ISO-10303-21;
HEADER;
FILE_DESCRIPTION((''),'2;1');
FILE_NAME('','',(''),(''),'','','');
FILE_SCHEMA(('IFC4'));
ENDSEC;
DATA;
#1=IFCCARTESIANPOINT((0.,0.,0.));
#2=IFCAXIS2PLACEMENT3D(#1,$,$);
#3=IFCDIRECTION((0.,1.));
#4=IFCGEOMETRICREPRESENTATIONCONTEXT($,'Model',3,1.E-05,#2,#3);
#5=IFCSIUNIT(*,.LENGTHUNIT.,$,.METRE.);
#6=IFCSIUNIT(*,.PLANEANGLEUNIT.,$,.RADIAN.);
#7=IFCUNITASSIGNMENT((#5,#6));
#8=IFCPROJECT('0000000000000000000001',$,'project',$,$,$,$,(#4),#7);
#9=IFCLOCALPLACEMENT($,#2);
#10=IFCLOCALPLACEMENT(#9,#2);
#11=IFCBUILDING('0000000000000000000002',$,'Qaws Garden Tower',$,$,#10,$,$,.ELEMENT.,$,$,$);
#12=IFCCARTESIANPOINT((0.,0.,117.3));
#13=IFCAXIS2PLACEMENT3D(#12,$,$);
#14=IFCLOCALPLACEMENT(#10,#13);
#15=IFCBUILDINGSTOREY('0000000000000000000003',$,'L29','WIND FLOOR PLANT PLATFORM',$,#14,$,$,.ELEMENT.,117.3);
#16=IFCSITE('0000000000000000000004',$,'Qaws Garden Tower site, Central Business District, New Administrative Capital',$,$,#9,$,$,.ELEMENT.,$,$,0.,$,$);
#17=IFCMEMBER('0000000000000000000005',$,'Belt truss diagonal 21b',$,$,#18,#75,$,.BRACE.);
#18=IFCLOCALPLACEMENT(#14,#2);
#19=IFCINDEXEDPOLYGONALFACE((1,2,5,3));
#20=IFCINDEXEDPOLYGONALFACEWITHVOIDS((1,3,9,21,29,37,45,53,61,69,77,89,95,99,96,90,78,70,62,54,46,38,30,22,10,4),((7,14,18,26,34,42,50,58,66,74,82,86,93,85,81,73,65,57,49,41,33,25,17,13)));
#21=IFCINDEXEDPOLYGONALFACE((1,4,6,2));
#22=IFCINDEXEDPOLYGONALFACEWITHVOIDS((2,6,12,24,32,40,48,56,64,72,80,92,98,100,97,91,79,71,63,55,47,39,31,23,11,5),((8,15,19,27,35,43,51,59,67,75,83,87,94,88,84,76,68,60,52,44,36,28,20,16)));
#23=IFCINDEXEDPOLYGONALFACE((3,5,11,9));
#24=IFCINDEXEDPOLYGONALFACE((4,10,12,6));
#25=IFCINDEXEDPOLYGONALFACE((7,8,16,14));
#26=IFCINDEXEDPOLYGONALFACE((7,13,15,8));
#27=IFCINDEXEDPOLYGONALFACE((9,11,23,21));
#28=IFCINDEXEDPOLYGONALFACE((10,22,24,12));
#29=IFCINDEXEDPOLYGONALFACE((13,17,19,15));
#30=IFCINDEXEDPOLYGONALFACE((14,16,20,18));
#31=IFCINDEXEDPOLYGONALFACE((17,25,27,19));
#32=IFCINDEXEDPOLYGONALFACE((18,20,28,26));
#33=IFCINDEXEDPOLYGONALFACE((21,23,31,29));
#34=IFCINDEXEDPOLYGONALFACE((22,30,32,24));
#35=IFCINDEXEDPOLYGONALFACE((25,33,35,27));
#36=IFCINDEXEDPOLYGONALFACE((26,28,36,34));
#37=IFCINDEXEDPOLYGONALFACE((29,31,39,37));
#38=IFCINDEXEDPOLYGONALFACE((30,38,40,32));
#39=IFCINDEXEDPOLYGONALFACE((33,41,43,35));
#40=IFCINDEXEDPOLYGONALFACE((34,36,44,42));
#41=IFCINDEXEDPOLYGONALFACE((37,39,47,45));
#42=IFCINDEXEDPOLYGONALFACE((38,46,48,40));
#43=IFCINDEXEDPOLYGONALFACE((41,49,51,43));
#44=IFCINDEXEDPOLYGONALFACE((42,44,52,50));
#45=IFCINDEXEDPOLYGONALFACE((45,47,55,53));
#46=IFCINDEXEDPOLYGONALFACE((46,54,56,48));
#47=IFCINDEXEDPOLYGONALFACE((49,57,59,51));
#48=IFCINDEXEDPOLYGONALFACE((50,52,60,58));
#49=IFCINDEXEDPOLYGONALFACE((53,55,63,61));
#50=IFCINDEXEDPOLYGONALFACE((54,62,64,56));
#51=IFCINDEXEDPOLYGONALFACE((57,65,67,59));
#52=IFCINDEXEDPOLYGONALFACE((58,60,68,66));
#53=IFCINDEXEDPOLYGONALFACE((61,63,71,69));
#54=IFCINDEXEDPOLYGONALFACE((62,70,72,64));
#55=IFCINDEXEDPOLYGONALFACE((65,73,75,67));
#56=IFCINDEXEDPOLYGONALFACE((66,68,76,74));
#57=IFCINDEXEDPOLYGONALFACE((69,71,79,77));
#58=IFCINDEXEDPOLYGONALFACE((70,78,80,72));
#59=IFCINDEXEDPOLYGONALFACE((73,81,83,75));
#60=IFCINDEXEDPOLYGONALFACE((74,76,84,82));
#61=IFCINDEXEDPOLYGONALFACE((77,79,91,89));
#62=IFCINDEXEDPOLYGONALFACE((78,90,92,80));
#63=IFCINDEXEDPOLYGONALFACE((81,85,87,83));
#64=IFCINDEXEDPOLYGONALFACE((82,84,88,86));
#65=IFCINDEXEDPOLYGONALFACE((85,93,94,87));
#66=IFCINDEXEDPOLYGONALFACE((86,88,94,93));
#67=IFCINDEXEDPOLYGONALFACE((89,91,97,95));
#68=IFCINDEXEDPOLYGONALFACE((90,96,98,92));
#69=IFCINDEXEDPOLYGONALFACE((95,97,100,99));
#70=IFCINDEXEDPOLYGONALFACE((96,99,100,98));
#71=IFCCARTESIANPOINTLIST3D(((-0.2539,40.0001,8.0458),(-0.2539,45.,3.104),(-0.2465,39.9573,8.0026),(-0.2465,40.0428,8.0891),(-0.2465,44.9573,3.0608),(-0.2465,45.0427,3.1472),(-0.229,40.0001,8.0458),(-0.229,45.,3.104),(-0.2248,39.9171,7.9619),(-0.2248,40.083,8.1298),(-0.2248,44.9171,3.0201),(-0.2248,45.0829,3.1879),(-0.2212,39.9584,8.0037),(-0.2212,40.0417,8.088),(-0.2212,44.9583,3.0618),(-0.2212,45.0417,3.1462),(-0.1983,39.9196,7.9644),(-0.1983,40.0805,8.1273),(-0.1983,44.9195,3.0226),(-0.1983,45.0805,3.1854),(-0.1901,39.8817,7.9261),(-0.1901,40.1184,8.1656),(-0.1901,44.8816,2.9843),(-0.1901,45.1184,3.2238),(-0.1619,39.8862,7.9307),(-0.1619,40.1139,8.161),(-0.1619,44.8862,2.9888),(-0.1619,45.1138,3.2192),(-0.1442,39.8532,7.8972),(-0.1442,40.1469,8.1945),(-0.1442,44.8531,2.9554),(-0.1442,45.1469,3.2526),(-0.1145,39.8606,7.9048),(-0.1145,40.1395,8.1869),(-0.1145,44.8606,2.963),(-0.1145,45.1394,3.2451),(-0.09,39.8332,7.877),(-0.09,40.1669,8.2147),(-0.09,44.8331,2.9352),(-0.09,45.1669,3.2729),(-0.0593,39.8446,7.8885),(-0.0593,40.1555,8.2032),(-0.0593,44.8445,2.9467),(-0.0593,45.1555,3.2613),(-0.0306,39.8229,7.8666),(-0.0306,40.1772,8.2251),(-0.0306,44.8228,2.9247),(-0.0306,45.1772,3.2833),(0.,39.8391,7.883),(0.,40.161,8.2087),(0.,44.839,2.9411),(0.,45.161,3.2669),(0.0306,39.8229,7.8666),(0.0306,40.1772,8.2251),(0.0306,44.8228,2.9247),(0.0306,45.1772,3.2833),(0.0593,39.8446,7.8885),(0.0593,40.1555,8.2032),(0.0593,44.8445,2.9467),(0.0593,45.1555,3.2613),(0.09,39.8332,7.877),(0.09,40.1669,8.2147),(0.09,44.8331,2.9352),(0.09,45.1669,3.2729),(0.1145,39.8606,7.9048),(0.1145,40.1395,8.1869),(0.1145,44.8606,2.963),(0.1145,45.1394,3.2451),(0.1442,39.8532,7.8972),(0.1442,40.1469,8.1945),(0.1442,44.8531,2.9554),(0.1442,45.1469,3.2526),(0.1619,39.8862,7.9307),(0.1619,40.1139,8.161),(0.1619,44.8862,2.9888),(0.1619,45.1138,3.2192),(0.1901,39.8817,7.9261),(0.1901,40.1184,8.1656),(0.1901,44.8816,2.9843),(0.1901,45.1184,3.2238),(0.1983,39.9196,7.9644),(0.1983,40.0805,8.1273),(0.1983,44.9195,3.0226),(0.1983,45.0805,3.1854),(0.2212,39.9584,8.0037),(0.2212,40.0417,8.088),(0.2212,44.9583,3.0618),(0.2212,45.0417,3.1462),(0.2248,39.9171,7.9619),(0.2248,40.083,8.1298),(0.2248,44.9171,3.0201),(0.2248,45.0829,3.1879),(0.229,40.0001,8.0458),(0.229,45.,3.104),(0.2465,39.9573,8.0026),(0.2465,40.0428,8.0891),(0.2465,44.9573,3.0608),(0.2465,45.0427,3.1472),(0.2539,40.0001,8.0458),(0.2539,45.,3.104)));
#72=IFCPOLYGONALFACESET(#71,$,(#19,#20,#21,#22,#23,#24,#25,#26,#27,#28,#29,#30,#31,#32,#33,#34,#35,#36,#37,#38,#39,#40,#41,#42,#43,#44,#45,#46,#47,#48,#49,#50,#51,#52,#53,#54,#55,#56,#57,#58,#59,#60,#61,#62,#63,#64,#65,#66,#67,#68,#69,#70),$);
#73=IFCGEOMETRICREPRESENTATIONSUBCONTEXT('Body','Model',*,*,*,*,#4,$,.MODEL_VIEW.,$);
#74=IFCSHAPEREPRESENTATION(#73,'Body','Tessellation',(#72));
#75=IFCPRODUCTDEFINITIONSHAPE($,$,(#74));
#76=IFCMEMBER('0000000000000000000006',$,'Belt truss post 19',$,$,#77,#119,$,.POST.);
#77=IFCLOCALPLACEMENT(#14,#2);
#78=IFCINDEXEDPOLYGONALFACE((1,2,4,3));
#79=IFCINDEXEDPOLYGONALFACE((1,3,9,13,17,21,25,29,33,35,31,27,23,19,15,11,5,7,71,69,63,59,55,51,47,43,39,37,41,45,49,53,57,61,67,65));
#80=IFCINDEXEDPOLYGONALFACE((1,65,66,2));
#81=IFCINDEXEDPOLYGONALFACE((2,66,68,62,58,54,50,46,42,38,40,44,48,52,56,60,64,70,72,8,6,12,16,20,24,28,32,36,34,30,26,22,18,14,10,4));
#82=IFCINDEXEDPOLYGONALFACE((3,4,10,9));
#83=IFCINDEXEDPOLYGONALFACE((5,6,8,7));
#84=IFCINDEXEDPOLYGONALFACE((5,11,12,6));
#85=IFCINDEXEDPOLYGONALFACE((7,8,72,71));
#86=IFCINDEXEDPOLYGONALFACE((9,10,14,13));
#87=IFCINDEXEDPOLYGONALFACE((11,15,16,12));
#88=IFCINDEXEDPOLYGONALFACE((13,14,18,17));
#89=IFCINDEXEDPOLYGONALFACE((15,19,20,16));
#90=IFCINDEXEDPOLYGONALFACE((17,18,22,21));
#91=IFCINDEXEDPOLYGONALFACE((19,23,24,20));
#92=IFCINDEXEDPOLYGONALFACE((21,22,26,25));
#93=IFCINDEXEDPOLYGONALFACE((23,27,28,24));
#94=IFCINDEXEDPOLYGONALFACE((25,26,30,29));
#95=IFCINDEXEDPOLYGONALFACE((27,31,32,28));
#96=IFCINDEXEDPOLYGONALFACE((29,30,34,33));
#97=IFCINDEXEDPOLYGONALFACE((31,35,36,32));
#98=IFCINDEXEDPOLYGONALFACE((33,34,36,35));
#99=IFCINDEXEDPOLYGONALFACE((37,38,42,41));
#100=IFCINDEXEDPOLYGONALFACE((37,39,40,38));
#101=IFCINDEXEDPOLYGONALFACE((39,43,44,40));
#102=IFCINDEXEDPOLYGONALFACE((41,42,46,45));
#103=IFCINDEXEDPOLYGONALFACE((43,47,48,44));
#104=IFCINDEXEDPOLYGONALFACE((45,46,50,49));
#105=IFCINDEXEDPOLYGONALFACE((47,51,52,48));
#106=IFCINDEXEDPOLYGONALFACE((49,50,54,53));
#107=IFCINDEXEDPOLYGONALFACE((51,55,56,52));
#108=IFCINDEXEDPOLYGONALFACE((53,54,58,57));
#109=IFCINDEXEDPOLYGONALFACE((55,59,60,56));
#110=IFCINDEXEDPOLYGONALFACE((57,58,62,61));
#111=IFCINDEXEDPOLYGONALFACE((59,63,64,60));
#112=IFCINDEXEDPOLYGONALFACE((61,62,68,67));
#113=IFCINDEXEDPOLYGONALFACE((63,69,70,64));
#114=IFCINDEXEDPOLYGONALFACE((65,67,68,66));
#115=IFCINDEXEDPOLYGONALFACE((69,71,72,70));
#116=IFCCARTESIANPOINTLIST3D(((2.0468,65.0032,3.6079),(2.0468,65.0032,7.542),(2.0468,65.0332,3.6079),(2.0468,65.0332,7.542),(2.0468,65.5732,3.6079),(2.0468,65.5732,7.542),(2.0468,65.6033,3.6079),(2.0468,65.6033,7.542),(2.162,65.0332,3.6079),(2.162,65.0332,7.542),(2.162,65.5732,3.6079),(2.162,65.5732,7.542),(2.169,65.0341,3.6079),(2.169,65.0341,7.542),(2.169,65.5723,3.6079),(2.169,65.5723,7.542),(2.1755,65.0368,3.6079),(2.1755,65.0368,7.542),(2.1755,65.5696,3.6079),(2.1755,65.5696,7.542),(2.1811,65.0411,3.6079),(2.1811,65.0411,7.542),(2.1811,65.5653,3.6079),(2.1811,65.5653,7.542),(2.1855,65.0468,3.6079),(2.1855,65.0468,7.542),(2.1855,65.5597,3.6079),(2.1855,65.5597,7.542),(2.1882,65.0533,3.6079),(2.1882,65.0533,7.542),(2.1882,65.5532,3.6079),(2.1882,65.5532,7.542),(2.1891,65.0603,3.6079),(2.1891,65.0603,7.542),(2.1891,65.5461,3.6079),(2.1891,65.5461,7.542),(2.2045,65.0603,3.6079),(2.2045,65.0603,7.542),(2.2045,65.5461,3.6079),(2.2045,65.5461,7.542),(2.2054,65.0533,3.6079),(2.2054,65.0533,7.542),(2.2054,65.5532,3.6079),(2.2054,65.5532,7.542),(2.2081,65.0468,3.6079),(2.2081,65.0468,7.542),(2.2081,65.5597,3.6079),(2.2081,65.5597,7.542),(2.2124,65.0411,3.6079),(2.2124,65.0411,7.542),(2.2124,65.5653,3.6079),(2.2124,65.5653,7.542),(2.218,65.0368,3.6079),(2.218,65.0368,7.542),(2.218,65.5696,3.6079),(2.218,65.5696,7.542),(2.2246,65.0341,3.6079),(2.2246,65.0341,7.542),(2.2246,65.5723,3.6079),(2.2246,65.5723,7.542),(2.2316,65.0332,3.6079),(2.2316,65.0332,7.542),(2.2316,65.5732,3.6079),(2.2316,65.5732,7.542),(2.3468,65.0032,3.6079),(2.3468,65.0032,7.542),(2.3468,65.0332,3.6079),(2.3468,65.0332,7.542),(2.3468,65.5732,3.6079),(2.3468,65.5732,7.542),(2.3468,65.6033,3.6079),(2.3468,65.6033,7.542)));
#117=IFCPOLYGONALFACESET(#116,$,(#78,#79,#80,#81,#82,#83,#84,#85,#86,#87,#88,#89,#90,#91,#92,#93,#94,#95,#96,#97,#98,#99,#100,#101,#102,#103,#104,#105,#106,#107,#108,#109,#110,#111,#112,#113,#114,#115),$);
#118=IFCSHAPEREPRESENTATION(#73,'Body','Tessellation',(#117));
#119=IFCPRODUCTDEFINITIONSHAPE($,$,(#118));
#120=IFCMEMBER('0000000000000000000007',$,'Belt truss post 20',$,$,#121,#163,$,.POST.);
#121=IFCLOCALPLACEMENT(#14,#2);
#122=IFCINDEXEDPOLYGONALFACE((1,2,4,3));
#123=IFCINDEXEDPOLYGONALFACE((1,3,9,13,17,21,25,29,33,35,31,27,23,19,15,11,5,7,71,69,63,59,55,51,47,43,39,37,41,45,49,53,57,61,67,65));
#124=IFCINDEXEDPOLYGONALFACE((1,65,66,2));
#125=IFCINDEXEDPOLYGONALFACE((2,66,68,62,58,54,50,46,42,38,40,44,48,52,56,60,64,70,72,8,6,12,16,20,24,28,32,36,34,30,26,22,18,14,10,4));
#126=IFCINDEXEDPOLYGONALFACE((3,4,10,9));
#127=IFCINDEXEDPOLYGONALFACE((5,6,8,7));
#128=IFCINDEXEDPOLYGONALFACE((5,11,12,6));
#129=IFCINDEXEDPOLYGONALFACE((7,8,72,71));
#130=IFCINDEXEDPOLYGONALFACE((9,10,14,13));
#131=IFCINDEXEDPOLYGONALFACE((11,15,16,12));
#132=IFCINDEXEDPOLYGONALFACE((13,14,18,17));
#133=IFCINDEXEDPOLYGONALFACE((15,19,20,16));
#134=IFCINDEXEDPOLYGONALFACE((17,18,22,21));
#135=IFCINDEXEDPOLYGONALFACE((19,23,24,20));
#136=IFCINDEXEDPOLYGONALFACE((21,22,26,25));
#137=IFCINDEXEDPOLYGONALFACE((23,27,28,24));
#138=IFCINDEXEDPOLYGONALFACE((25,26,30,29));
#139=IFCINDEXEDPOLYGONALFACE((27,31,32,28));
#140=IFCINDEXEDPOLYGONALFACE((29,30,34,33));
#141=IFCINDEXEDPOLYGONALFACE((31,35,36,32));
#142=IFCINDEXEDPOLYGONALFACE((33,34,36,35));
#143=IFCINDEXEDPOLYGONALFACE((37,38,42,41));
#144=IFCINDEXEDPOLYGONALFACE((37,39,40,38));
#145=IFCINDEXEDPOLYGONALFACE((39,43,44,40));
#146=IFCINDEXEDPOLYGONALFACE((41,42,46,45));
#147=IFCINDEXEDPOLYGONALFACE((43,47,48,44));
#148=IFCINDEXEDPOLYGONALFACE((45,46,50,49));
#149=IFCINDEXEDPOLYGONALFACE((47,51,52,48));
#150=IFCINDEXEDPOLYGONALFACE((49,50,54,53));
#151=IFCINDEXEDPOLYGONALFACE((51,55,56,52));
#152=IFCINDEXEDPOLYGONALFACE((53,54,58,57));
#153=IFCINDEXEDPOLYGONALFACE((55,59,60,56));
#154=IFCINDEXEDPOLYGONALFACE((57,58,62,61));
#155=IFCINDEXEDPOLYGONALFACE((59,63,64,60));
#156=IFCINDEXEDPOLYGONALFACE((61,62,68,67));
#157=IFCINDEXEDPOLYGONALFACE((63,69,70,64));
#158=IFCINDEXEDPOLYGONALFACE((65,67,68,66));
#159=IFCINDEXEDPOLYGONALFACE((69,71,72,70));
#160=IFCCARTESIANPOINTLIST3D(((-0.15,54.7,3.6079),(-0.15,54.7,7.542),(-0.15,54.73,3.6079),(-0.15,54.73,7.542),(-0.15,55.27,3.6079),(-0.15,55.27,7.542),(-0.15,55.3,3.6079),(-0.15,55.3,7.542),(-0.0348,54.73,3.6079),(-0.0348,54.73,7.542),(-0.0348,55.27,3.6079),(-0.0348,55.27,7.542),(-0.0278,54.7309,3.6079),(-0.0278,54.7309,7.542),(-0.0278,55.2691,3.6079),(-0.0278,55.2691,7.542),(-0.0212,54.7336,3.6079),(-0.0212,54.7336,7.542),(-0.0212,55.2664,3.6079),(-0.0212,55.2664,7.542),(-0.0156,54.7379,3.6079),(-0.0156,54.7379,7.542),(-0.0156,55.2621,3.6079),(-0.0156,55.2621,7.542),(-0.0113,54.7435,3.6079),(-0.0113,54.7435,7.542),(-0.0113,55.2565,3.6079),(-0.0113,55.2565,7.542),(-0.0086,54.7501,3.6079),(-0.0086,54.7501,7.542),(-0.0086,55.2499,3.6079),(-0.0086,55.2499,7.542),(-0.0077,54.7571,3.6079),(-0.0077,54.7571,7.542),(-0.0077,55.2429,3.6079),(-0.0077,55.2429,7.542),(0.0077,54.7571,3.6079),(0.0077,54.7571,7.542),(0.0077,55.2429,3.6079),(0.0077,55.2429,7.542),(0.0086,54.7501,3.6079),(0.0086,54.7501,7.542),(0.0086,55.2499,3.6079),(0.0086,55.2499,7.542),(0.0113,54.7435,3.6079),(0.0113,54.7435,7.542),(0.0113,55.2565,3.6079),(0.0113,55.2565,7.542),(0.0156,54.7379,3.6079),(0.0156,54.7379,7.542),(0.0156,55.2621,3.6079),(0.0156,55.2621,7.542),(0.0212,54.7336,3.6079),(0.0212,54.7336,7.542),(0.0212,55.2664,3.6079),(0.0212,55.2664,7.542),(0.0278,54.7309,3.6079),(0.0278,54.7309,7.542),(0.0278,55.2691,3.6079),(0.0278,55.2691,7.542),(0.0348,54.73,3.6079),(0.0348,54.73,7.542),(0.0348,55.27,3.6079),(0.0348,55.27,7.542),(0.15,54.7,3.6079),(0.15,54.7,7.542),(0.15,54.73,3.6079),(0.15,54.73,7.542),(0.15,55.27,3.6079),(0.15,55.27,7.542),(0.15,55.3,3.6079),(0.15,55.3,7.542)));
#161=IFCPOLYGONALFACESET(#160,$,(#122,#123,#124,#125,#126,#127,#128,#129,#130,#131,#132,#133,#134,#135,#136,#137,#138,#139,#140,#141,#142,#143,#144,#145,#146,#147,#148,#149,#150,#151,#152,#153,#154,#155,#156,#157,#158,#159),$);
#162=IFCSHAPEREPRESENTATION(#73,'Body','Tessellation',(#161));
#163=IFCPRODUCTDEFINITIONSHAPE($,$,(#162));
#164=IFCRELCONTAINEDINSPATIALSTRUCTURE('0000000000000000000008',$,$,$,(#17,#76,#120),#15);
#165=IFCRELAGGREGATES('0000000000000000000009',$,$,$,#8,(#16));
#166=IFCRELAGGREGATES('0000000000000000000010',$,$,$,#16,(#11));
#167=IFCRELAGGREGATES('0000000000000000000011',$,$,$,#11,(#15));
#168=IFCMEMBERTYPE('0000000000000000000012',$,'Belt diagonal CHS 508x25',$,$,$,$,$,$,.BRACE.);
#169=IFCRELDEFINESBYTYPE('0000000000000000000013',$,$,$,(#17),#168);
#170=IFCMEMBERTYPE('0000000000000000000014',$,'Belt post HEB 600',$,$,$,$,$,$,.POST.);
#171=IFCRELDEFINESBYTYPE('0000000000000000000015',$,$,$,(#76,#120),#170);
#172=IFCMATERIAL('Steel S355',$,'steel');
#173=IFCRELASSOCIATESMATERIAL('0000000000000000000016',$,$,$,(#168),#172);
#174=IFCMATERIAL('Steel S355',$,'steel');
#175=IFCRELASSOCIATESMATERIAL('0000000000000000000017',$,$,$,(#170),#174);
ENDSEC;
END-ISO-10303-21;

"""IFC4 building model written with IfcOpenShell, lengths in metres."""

from ifc_helpers import new_model, si_unit, direction, frame, origin, origin_2d, place, context, subcontext, project, spatial, hollow_circle, i_section, extrude, material, material_profile, profile_set, type_object, element, save


model = new_model("IFC4")

# Units and contexts
model_context = context("Model", 3, precision=1e-05, world=origin(), true_north=direction((0.0, 1.0)))
body_context = subcontext(model_context, "Body", "Model", "MODEL_VIEW")
ifc_project = project(units=[si_unit("LENGTHUNIT", "METRE"), si_unit("PLANEANGLEUNIT", "RADIAN")], contexts=[model_context])

# Site, building, storey
site_placement = place(None, origin())
site = spatial("IfcSite", under=ifc_project, at=site_placement, Name="Qaws Garden Tower site, Central Business District, New Administrative Capital", CompositionType="ELEMENT", RefElevation=0.0)
building_placement = place(site_placement, origin())
building = spatial("IfcBuilding", under=site, at=building_placement, Name="Qaws Garden Tower", CompositionType="ELEMENT")
storey_placement = place(building_placement, frame((0.0, 0.0, 117.3)))
storey = spatial("IfcBuildingStorey", under=building, at=storey_placement, Name="L29", Description="WIND FLOOR PLANT PLATFORM", CompositionType="ELEMENT", Elevation=117.3)

# Members
ifc_material_1 = material(Name="Steel S355", Category="steel")
ifc_material_profile_1 = material_profile(ifc_material_1, hollow_circle(Radius=0.2539, WallThickness=0.0249, at=origin_2d()), Name="CHS 508x25")
ifc_profile_set_1 = profile_set([ifc_material_profile_1], Name="Steel S355")
member_type_1 = type_object("IfcMemberType", Name="Belt diagonal CHS 508x25", PredefinedType="BRACE", material=ifc_profile_set_1)
for number, where, z_axis, x_axis, name in (
    (1, (0.0, 45.0, 3.104), (0.0, -0.711227, 0.702962), (1.0, 0.0, 0.0), "Belt truss diagonal 21b"),
):
    element("IfcMember", number, at=place(storey_placement, frame(where, z_axis=z_axis, x_axis=x_axis)), inside=storey, type_object=member_type_1, Name=name, PredefinedType="BRACE", context=body_context, shape_type="SweptSolid", body=[
        extrude(hollow_circle(Radius=0.2539, WallThickness=0.0249, at=origin_2d()), origin(), (0.0, 0.0, 1.0), 7.03),
    ])
ifc_material_2 = material(Name="Steel S355", Category="steel")
ifc_material_profile_2 = material_profile(ifc_material_2, i_section(OverallWidth=0.3, OverallDepth=0.6001, WebThickness=0.0154, FlangeThickness=0.03, FilletRadius=0.0271, at=origin_2d()), Name="HEB 600")
ifc_profile_set_2 = profile_set([ifc_material_profile_2], Name="Steel S355")
member_type_2 = type_object("IfcMemberType", Name="Belt post HEB 600", PredefinedType="POST", material=ifc_profile_set_2)
placement_1 = place(storey_placement, frame((2.1968, 65.3032, 3.6079), z_axis=(0.0, 0.0, 1.0), x_axis=(1.0, 0.0, 0.0)))
element("IfcMember", 2, at=placement_1, inside=storey, type_object=member_type_2, Name="Belt truss post 19", PredefinedType="POST", context=body_context, shape_type="SweptSolid", body=[
    extrude(i_section(OverallWidth=0.3, OverallDepth=0.6001, WebThickness=0.0154, FlangeThickness=0.03, FilletRadius=0.0271, at=origin_2d()), origin(), (0.0, 0.0, 1.0), 3.9341),
])
placement_2 = place(storey_placement, frame((0.0, 55.0, 3.6079), z_axis=(0.0, 0.0, 1.0), x_axis=(1.0, 0.0, 0.0)))
element("IfcMember", 3, at=placement_2, inside=storey, type_object=member_type_2, Name="Belt truss post 20", PredefinedType="POST", context=body_context, shape_type="SweptSolid", body=[
    extrude(i_section(OverallWidth=0.3, OverallDepth=0.6001, WebThickness=0.0154, FlangeThickness=0.03, FilletRadius=0.0271, at=origin_2d()), origin(), (0.0, 0.0, 1.0), 3.9341),
])

save(model, "model.ifc")
